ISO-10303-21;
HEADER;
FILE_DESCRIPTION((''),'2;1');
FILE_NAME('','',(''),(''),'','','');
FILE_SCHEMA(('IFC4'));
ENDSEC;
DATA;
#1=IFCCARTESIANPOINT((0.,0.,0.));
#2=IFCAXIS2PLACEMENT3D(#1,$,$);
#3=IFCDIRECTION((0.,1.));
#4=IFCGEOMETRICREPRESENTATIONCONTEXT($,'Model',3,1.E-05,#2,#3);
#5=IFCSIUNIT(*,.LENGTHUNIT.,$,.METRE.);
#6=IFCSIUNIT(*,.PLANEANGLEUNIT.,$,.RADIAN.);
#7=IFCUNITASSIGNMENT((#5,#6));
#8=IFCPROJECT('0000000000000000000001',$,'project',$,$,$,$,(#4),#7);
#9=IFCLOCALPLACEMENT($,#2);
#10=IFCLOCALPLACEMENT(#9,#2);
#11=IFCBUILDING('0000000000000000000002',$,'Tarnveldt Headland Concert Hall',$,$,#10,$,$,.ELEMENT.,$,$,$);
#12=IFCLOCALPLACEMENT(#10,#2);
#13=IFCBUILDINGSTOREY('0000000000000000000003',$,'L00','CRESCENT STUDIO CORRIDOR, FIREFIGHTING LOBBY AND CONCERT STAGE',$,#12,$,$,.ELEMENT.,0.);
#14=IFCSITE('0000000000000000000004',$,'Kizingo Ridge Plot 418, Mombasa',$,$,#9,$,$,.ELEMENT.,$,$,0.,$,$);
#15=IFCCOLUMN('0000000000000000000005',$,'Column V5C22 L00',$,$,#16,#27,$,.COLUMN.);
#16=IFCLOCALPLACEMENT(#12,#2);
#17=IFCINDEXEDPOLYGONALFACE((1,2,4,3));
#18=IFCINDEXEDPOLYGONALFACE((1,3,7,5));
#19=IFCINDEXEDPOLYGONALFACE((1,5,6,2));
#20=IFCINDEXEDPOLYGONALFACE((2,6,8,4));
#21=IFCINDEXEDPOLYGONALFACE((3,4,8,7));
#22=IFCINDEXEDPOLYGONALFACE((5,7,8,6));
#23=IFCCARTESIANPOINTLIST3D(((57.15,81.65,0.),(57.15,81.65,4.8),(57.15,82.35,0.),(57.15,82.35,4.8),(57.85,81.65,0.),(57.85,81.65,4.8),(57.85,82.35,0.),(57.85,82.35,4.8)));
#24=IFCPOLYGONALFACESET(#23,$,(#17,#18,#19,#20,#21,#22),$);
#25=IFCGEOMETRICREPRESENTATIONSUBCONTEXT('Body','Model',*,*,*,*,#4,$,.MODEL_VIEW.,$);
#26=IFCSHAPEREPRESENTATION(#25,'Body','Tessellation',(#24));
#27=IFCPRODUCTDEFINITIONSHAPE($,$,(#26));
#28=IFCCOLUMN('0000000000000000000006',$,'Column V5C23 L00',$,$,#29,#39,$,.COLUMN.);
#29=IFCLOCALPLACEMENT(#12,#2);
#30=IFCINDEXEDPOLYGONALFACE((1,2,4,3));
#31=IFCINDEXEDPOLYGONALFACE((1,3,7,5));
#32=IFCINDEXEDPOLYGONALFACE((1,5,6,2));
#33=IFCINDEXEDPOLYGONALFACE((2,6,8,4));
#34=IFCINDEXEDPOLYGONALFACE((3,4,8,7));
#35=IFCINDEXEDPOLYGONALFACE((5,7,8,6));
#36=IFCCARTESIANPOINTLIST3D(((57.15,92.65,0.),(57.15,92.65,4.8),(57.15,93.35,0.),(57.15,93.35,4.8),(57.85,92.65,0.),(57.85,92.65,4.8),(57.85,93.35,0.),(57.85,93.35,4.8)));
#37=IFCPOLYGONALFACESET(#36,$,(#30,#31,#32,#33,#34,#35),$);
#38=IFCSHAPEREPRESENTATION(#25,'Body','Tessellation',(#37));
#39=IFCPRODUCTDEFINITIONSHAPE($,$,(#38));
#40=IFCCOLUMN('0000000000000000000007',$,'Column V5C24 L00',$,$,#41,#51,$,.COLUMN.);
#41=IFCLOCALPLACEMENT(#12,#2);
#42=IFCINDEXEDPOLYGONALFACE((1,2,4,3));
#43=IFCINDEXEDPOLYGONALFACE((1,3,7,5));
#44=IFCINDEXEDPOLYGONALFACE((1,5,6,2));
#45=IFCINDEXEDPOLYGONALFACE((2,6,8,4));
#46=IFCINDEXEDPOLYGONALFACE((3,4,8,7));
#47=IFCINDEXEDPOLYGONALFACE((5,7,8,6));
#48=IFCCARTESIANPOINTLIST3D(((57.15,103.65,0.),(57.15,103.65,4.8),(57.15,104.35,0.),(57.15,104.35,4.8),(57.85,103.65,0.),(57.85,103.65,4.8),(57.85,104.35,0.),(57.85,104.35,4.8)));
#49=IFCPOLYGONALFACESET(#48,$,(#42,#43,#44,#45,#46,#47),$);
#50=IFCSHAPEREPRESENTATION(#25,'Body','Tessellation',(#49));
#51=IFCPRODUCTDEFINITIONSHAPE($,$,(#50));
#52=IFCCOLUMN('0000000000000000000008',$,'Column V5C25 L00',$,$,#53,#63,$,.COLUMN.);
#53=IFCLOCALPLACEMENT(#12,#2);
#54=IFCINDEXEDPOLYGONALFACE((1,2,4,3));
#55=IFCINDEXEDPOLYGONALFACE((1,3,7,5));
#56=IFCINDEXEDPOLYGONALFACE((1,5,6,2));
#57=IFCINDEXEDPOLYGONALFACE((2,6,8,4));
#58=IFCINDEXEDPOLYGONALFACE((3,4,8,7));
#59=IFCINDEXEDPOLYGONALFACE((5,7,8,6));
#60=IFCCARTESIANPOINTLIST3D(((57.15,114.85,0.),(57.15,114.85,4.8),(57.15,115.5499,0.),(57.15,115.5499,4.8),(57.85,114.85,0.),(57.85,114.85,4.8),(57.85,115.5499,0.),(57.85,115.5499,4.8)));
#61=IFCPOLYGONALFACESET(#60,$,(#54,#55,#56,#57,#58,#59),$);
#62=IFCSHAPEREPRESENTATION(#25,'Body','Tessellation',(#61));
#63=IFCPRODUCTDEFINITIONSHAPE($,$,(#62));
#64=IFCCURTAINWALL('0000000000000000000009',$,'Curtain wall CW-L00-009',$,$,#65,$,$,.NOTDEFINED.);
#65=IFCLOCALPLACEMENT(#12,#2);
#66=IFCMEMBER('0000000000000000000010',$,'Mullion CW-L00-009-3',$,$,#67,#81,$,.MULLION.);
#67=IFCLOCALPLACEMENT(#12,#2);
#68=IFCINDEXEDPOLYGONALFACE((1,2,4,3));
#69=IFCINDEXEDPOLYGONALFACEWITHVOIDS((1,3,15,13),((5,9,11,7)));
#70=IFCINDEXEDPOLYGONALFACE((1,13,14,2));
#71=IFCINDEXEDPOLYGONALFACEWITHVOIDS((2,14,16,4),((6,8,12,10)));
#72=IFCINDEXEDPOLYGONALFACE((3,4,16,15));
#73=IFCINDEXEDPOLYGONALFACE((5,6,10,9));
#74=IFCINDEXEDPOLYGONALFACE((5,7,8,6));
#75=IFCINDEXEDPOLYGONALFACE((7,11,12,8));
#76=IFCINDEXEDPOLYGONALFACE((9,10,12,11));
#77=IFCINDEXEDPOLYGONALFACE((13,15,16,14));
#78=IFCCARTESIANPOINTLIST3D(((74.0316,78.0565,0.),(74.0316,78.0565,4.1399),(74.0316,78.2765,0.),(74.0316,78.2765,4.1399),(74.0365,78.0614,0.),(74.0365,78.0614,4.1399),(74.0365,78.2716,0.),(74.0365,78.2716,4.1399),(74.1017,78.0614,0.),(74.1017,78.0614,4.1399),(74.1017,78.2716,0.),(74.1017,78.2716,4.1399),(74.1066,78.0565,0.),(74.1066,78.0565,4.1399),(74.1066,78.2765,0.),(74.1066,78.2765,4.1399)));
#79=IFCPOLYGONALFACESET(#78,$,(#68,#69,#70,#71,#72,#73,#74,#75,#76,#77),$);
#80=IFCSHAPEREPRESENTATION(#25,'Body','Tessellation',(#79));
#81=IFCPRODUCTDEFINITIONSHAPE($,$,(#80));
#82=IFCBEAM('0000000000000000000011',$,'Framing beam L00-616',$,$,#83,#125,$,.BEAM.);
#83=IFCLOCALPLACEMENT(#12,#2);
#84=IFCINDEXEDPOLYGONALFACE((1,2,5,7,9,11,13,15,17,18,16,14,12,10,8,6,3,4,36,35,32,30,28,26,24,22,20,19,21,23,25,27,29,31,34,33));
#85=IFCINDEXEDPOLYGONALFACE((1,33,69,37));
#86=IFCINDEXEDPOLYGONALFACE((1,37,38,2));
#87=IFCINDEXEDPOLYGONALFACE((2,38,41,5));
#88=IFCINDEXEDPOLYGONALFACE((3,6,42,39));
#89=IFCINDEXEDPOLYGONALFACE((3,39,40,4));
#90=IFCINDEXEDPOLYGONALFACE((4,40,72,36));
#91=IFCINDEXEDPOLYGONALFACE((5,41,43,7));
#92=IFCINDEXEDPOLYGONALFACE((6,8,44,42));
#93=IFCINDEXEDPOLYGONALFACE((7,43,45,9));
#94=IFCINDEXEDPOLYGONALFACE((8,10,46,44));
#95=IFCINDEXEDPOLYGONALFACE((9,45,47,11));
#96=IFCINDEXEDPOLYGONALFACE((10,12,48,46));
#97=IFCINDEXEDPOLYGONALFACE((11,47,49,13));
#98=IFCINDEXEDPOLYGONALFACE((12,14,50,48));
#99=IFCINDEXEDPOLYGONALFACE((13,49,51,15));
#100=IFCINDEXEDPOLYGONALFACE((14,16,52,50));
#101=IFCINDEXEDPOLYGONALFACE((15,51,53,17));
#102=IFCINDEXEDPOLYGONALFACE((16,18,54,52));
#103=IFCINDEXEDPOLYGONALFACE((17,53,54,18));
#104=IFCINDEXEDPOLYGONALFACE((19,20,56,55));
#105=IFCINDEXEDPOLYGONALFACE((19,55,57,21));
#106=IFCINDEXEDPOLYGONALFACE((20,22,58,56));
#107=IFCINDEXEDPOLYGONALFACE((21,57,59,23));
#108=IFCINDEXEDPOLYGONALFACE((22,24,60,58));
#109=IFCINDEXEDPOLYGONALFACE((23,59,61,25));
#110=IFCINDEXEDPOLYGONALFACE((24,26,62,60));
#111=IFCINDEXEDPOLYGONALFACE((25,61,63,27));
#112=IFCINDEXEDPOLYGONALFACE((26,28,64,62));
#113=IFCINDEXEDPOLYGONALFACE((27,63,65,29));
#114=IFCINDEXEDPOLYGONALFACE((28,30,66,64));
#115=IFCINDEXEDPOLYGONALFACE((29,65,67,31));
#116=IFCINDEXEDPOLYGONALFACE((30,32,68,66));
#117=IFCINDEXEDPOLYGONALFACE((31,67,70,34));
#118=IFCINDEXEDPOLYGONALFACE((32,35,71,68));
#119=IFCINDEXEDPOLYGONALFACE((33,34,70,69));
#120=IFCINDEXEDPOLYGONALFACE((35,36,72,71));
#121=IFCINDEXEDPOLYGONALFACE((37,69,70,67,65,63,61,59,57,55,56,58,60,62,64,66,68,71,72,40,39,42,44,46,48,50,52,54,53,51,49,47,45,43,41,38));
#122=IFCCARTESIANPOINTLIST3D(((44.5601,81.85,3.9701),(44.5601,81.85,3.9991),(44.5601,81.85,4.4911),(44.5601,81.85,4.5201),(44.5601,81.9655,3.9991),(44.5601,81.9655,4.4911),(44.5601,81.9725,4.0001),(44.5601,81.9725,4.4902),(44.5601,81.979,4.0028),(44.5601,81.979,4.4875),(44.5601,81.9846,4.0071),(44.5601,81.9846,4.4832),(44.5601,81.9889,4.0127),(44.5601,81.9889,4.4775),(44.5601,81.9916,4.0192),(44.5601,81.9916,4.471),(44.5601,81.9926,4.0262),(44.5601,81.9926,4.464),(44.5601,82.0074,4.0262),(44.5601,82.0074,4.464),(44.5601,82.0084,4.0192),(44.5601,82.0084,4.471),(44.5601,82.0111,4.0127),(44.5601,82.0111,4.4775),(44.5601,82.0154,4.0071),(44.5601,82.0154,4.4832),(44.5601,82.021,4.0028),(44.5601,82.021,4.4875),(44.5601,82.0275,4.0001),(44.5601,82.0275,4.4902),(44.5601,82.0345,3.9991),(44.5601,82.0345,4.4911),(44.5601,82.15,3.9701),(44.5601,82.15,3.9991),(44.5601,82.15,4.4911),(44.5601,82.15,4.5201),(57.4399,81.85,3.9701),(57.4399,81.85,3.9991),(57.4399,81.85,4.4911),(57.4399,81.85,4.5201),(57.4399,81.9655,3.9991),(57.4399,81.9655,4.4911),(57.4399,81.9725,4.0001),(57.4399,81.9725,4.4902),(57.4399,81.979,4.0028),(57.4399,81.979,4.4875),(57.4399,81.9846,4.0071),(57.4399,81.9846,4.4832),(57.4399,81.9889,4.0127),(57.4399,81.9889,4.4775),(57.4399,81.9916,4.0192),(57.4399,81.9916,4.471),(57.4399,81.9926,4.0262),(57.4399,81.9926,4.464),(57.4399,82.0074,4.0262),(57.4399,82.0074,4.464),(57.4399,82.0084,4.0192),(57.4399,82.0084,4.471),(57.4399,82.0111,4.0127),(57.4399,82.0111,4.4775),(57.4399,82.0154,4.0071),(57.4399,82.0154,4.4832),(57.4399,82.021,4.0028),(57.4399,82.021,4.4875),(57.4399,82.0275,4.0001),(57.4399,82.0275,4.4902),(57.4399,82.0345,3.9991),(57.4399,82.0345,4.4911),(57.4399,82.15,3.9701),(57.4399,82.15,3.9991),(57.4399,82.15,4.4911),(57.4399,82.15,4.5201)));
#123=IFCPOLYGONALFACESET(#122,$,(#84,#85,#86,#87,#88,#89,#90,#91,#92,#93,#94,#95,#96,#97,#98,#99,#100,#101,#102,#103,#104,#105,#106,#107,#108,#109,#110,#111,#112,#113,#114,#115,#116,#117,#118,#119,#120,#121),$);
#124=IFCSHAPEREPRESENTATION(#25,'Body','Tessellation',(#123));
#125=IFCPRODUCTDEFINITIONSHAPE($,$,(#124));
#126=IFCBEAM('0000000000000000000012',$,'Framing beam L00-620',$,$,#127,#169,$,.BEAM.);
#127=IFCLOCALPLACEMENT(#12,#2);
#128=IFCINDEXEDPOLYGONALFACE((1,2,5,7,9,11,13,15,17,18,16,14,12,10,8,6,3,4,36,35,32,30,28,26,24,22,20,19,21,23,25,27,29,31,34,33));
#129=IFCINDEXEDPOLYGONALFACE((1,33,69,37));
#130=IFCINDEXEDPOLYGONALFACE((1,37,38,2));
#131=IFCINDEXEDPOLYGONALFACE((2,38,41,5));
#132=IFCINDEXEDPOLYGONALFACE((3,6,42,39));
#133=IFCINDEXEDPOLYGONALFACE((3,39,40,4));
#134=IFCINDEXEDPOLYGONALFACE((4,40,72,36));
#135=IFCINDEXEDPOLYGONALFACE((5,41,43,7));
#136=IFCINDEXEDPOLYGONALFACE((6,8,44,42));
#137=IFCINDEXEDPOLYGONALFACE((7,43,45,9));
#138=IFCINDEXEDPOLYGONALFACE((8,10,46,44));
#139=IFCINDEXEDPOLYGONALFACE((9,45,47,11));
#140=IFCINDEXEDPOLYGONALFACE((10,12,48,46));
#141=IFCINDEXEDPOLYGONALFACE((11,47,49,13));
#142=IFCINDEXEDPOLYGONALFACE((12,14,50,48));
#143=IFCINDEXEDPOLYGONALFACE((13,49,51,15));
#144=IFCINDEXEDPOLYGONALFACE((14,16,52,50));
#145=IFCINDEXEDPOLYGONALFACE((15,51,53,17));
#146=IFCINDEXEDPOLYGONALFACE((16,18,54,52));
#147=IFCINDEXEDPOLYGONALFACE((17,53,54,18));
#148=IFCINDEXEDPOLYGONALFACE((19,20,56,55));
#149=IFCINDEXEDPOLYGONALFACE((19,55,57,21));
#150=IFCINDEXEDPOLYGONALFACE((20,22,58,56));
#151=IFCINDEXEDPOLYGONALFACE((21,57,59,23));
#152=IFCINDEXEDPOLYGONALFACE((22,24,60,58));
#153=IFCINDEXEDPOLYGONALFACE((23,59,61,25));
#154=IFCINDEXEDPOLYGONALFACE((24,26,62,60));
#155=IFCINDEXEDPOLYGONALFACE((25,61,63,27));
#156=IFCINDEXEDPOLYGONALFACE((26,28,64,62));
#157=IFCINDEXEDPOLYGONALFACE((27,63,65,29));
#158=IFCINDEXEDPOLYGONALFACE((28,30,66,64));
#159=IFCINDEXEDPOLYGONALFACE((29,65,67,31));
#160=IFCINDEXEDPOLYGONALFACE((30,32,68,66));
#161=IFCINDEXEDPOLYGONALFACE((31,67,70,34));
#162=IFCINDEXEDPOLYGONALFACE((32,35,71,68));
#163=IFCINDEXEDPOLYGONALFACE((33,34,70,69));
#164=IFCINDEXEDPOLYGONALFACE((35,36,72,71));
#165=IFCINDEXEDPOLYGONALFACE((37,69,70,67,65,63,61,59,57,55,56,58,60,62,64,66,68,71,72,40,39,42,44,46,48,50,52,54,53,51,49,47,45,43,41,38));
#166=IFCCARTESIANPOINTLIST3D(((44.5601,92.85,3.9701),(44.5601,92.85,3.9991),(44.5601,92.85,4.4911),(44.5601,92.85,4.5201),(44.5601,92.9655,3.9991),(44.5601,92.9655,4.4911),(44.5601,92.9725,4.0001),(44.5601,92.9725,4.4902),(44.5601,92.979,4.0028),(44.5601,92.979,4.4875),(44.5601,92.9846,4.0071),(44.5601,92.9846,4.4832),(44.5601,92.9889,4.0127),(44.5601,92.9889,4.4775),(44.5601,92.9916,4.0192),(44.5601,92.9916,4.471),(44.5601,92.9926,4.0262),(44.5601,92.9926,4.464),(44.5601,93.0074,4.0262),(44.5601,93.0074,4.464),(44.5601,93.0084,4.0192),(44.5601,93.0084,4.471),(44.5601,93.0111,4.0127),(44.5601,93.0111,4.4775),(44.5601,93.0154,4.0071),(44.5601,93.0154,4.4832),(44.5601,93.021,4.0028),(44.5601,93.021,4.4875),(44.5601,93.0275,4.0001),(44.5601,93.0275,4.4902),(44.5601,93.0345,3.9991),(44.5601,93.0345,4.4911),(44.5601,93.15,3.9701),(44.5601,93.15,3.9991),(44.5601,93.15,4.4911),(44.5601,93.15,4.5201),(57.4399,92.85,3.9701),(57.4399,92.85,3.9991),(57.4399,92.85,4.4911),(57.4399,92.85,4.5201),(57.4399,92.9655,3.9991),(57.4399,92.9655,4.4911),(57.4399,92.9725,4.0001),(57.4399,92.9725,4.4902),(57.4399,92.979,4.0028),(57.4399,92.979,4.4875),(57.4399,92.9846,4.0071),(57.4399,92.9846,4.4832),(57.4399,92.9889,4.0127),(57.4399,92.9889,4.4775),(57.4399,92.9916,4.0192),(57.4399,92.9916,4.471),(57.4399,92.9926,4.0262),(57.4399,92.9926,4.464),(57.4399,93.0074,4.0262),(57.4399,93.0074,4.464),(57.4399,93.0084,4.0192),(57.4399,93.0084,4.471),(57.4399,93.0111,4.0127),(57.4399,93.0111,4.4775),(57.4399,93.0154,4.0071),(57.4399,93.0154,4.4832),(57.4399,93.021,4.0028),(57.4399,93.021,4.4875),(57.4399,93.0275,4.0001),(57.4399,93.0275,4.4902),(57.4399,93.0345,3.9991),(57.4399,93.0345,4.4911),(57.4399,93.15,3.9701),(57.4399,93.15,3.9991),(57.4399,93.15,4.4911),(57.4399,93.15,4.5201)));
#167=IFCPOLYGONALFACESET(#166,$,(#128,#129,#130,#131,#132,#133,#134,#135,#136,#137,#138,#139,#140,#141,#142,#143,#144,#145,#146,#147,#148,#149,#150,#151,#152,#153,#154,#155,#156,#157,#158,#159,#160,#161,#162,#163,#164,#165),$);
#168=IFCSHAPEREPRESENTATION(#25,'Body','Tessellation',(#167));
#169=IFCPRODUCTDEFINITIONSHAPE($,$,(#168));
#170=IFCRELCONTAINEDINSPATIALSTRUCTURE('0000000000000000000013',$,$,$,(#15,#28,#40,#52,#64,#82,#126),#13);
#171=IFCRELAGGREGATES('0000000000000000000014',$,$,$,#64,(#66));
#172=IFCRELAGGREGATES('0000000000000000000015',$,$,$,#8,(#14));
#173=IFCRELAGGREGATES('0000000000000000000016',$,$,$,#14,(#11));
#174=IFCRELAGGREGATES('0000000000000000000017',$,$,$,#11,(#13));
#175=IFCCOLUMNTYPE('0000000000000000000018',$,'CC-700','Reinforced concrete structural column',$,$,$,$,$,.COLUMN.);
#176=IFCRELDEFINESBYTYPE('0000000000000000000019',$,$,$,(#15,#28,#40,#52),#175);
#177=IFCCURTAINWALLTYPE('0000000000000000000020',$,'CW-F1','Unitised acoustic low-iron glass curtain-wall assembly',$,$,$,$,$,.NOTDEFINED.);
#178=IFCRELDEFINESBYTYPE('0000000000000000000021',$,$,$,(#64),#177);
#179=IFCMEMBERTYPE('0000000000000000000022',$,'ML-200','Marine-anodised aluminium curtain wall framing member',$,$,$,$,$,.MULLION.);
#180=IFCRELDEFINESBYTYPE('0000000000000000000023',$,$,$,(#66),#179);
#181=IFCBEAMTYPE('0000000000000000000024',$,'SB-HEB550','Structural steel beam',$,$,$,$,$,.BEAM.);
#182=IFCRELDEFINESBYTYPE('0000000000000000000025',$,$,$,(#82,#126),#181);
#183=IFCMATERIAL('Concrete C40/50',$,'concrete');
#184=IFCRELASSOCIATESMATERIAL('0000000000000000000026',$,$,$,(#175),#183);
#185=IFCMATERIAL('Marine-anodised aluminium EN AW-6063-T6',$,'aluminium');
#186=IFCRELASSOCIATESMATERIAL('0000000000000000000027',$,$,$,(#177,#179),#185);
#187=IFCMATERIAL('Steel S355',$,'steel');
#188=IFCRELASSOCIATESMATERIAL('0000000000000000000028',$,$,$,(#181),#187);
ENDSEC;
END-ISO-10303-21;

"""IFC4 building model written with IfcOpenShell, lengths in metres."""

from ifc_helpers import new_model, si_unit, direction, frame, origin, origin_2d, place, context, subcontext, project, spatial, rectangle, hollow_rectangle, i_section, extrude, material, material_profile, profile_set, type_object, element, aggregate, save


model = new_model("IFC4")

# Units and contexts
model_context = context("Model", 3, precision=1e-05, world=origin(), true_north=direction((0.0, 1.0)))
body_context = subcontext(model_context, "Body", "Model", "MODEL_VIEW")
ifc_project = project(units=[si_unit("LENGTHUNIT", "METRE"), si_unit("PLANEANGLEUNIT", "RADIAN")], contexts=[model_context])

# Site, building, storey
site_placement = place(None, origin())
site = spatial("IfcSite", under=ifc_project, at=site_placement, Name="Kizingo Ridge Plot 418, Mombasa", CompositionType="ELEMENT", RefElevation=0.0)
building_placement = place(site_placement, origin())
building = spatial("IfcBuilding", under=site, at=building_placement, Name="Tarnveldt Headland Concert Hall", CompositionType="ELEMENT")
storey_placement = place(building_placement, origin())
storey = spatial("IfcBuildingStorey", under=building, at=storey_placement, Name="L00", Description="CRESCENT STUDIO CORRIDOR, FIREFIGHTING LOBBY AND CONCERT STAGE", CompositionType="ELEMENT", Elevation=0.0)

# Columns
ifc_material_1 = material(Name="Concrete C40/50", Category="concrete")
ifc_material_profile_1 = material_profile(ifc_material_1, rectangle(XDim=0.7, YDim=0.7, at=origin_2d()), Name="RC 700x700", Category="concrete")
ifc_profile_set_1 = profile_set([ifc_material_profile_1], Name="Concrete C40/50")
column_type = type_object("IfcColumnType", Name="CC-700", Description="Reinforced concrete structural column", PredefinedType="COLUMN", material=ifc_profile_set_1)
for number, where, z_axis, x_axis, name in (
    (1, (57.5, 82.0, 0.0), (0.0, 0.0, 1.0), (1.0, 0.0, 0.0), "Column V5C22 L00"),
    (2, (57.5, 93.0, 0.0), (0.0, 0.0, 1.0), (1.0, 0.0, 0.0), "Column V5C23 L00"),
    (3, (57.5, 104.0, 0.0), (0.0, 0.0, 1.0), (1.0, 0.0, 0.0), "Column V5C24 L00"),
    (4, (57.5, 115.2, 0.0), (0.0, 0.0, 1.0), (1.0, 0.0, 0.0), "Column V5C25 L00"),
):
    element("IfcColumn", number, at=place(storey_placement, frame(where, z_axis=z_axis, x_axis=x_axis)), inside=storey, type_object=column_type, Name=name, PredefinedType="COLUMN", context=body_context, shape_type="SweptSolid", body=[
        extrude(rectangle(XDim=0.7, YDim=0.7, at=origin_2d()), origin(), (0.0, 0.0, 1.0), 4.8),
    ])

# Curtain wall, member
ifc_material_2 = material(Name="Marine-anodised aluminium EN AW-6063-T6", Category="aluminium")
curtain_wall_type = type_object("IfcCurtainWallType", Name="CW-F1", Description="Unitised acoustic low-iron glass curtain-wall assembly", PredefinedType="NOTDEFINED", material=ifc_material_2)
curtain_wall_placement = place(storey_placement, origin())
curtain_wall = element("IfcCurtainWall", 5, at=curtain_wall_placement, inside=storey, type_object=curtain_wall_type, Name="Curtain wall CW-L00-009", PredefinedType="NOTDEFINED")
ifc_material_profile_2 = material_profile(ifc_material_2, hollow_rectangle(XDim=0.075, YDim=0.22, WallThickness=0.0049, at=origin_2d()), Name="ALU MULLION 75x220x5", Category="aluminium")
ifc_profile_set_2 = profile_set([ifc_material_profile_2], Name="Marine-anodised aluminium EN AW-6063-T6")
member_type = type_object("IfcMemberType", Name="ML-200", Description="Marine-anodised aluminium curtain wall framing member", PredefinedType="MULLION", material=ifc_profile_set_2)
member_placement = place(storey_placement, frame((74.0691, 78.1665, 0.0), z_axis=(0.0, 0.0, 1.0), x_axis=(1.0, 0.0, 0.0)))
member = element("IfcMember", 6, at=member_placement, type_object=member_type, Name="Mullion CW-L00-009-3", PredefinedType="MULLION", context=body_context, shape_type="SweptSolid", body=[
    extrude(hollow_rectangle(XDim=0.075, YDim=0.22, WallThickness=0.0049, at=origin_2d()), origin(), (0.0, 0.0, 1.0), 4.1399),
])

# Beams
ifc_material_3 = material(Name="Steel S355", Category="steel")
ifc_material_profile_3 = material_profile(ifc_material_3, i_section(OverallWidth=0.3, OverallDepth=0.55, WebThickness=0.0149, FlangeThickness=0.0291, FilletRadius=0.0271, at=origin_2d()), Name="HEB550", Category="steel")
ifc_profile_set_3 = profile_set([ifc_material_profile_3], Name="Steel S355")
beam_type_1 = type_object("IfcBeamType", Name="SB-HEB550", Description="Structural steel beam", PredefinedType="BEAM", material=ifc_profile_set_3)
for number, where, z_axis, x_axis, name in (
    (7, (44.5601, 82.0, 4.2451), (1.0, 0.0, 0.0), (0.0, 1.0, 0.0), "Framing beam L00-616"),
    (8, (44.5601, 93.0, 4.2451), (1.0, 0.0, 0.0), (0.0, 1.0, 0.0), "Framing beam L00-620"),
):
    element("IfcBeam", number, at=place(storey_placement, frame(where, z_axis=z_axis, x_axis=x_axis)), inside=storey, type_object=beam_type_1, Name=name, PredefinedType="BEAM", context=body_context, shape_type="SweptSolid", body=[
        extrude(i_section(OverallWidth=0.3, OverallDepth=0.55, WebThickness=0.0149, FlangeThickness=0.0291, FilletRadius=0.0271, at=origin_2d()), origin(), (0.0, 0.0, 1.0), 12.8799),
    ])

aggregate(curtain_wall, [member])

save(model, "model.ifc")
